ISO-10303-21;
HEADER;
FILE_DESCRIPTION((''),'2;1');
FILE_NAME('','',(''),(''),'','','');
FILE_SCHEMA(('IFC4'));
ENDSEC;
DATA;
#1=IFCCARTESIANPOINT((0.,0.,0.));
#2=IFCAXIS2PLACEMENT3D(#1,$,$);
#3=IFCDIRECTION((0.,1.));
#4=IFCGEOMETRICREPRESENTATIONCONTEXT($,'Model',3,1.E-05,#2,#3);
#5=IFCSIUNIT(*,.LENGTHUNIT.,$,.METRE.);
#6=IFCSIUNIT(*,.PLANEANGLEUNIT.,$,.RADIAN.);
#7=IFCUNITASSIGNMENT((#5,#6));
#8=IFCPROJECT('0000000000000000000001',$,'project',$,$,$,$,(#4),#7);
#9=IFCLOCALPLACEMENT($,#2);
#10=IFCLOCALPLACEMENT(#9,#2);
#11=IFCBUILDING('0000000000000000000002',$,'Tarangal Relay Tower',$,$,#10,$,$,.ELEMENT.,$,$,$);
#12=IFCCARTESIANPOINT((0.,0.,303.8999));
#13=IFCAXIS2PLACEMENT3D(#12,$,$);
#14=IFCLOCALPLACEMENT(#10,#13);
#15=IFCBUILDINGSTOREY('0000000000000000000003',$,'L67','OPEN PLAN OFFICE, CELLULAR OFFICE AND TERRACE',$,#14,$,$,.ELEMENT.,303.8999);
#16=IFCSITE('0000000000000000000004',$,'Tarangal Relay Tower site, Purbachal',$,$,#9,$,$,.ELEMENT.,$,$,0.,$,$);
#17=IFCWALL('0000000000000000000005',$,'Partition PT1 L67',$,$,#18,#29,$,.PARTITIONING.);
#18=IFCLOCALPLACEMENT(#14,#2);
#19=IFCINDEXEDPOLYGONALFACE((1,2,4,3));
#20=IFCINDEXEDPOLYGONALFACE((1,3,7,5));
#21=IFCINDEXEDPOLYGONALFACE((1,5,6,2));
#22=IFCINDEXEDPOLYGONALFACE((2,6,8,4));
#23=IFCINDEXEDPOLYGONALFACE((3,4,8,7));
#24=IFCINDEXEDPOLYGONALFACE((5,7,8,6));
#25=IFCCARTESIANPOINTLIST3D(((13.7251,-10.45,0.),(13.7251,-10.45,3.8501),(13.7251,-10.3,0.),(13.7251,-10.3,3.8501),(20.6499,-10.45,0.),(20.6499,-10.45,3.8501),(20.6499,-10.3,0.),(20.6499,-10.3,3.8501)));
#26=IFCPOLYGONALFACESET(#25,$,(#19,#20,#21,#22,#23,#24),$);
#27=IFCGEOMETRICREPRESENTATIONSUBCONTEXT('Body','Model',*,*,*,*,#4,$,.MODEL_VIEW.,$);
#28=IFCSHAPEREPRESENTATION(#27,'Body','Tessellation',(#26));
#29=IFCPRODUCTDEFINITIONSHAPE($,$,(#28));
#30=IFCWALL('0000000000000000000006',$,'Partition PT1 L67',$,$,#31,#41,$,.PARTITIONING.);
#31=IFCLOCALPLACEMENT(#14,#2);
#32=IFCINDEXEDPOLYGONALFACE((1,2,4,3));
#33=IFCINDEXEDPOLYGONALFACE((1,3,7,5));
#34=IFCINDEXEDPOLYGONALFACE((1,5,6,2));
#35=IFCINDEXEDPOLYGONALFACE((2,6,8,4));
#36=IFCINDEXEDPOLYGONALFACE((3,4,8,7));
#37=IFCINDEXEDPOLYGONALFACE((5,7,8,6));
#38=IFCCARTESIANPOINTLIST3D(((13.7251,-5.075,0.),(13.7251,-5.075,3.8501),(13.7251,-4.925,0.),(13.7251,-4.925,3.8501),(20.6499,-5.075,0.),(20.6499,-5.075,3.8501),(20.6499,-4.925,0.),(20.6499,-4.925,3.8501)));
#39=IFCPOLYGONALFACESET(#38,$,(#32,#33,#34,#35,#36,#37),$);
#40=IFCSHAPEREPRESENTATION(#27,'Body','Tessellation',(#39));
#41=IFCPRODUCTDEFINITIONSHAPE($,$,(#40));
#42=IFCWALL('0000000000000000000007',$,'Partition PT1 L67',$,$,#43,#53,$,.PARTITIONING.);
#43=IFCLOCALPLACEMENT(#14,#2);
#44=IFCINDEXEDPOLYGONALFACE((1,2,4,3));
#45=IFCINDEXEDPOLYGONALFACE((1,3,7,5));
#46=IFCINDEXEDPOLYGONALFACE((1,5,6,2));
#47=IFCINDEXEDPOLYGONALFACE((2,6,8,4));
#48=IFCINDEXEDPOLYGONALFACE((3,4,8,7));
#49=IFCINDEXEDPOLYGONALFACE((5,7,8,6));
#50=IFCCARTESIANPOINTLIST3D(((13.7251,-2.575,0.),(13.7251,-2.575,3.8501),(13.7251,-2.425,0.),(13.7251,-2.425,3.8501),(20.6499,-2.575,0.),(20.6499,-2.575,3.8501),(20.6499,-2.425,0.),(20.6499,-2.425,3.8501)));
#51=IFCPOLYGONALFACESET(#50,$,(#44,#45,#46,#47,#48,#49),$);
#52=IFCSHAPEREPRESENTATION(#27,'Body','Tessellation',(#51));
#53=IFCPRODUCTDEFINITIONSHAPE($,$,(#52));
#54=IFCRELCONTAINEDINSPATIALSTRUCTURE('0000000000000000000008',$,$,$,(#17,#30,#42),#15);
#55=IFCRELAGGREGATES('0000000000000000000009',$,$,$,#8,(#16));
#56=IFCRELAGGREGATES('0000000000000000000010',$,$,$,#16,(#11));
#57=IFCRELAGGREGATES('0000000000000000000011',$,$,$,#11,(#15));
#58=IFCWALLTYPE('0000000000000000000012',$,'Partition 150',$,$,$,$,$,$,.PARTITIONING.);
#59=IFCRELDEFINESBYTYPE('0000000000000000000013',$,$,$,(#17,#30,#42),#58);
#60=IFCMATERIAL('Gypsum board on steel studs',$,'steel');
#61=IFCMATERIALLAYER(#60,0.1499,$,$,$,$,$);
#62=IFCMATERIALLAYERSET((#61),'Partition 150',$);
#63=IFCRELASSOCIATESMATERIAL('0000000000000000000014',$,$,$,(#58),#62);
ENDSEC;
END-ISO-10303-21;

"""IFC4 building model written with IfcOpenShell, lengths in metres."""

from ifc_helpers import new_model, si_unit, direction, frame, frame_2d, origin, place, context, subcontext, project, spatial, rectangle, extrude, material, layer, layer_set, type_object, element, save


model = new_model("IFC4")

# Units and contexts
model_context = context("Model", 3, precision=1e-05, world=origin(), true_north=direction((0.0, 1.0)))
body_context = subcontext(model_context, "Body", "Model", "MODEL_VIEW")
ifc_project = project(units=[si_unit("LENGTHUNIT", "METRE"), si_unit("PLANEANGLEUNIT", "RADIAN")], contexts=[model_context])

# Site, building, storey
site_placement = place(None, origin())
site = spatial("IfcSite", under=ifc_project, at=site_placement, Name="Tarangal Relay Tower site, Purbachal", CompositionType="ELEMENT", RefElevation=0.0)
building_placement = place(site_placement, origin())
building = spatial("IfcBuilding", under=site, at=building_placement, Name="Tarangal Relay Tower", CompositionType="ELEMENT")
storey_placement = place(building_placement, frame((0.0, 0.0, 303.8999)))
storey = spatial("IfcBuildingStorey", under=building, at=storey_placement, Name="L67", Description="OPEN PLAN OFFICE, CELLULAR OFFICE AND TERRACE", CompositionType="ELEMENT", Elevation=303.8999)

# Walls
ifc_material_1 = material(Name="Gypsum board on steel studs", Category="steel")
ifc_layer_1 = layer(ifc_material_1, 0.1499)
ifc_layer_set_1 = layer_set([ifc_layer_1], Name="Partition 150")
wall_type_1 = type_object("IfcWallType", Name="Partition 150", PredefinedType="PARTITIONING", material=ifc_layer_set_1)
for number, where, z_axis, x_axis, name in (
    (1, (13.7251, -10.375, 0.0), (0.0, 0.0, 1.0), (1.0, 0.0, 0.0), "Partition PT1 L67"),
    (2, (13.7251, -5.0, 0.0), (0.0, 0.0, 1.0), (1.0, 0.0, 0.0), "Partition PT1 L67"),
    (3, (13.7251, -2.5, 0.0), (0.0, 0.0, 1.0), (1.0, 0.0, 0.0), "Partition PT1 L67"),
):
    element("IfcWall", number, at=place(storey_placement, frame(where, z_axis=z_axis, x_axis=x_axis)), inside=storey, type_object=wall_type_1, Name=name, PredefinedType="PARTITIONING", context=body_context, shape_type="SweptSolid", body=[
        extrude(rectangle(XDim=6.9248, YDim=0.1499, at=frame_2d((3.4624, 0.0))), origin(), (0.0, 0.0, 1.0), 3.8501),
    ])

save(model, "model.ifc")
